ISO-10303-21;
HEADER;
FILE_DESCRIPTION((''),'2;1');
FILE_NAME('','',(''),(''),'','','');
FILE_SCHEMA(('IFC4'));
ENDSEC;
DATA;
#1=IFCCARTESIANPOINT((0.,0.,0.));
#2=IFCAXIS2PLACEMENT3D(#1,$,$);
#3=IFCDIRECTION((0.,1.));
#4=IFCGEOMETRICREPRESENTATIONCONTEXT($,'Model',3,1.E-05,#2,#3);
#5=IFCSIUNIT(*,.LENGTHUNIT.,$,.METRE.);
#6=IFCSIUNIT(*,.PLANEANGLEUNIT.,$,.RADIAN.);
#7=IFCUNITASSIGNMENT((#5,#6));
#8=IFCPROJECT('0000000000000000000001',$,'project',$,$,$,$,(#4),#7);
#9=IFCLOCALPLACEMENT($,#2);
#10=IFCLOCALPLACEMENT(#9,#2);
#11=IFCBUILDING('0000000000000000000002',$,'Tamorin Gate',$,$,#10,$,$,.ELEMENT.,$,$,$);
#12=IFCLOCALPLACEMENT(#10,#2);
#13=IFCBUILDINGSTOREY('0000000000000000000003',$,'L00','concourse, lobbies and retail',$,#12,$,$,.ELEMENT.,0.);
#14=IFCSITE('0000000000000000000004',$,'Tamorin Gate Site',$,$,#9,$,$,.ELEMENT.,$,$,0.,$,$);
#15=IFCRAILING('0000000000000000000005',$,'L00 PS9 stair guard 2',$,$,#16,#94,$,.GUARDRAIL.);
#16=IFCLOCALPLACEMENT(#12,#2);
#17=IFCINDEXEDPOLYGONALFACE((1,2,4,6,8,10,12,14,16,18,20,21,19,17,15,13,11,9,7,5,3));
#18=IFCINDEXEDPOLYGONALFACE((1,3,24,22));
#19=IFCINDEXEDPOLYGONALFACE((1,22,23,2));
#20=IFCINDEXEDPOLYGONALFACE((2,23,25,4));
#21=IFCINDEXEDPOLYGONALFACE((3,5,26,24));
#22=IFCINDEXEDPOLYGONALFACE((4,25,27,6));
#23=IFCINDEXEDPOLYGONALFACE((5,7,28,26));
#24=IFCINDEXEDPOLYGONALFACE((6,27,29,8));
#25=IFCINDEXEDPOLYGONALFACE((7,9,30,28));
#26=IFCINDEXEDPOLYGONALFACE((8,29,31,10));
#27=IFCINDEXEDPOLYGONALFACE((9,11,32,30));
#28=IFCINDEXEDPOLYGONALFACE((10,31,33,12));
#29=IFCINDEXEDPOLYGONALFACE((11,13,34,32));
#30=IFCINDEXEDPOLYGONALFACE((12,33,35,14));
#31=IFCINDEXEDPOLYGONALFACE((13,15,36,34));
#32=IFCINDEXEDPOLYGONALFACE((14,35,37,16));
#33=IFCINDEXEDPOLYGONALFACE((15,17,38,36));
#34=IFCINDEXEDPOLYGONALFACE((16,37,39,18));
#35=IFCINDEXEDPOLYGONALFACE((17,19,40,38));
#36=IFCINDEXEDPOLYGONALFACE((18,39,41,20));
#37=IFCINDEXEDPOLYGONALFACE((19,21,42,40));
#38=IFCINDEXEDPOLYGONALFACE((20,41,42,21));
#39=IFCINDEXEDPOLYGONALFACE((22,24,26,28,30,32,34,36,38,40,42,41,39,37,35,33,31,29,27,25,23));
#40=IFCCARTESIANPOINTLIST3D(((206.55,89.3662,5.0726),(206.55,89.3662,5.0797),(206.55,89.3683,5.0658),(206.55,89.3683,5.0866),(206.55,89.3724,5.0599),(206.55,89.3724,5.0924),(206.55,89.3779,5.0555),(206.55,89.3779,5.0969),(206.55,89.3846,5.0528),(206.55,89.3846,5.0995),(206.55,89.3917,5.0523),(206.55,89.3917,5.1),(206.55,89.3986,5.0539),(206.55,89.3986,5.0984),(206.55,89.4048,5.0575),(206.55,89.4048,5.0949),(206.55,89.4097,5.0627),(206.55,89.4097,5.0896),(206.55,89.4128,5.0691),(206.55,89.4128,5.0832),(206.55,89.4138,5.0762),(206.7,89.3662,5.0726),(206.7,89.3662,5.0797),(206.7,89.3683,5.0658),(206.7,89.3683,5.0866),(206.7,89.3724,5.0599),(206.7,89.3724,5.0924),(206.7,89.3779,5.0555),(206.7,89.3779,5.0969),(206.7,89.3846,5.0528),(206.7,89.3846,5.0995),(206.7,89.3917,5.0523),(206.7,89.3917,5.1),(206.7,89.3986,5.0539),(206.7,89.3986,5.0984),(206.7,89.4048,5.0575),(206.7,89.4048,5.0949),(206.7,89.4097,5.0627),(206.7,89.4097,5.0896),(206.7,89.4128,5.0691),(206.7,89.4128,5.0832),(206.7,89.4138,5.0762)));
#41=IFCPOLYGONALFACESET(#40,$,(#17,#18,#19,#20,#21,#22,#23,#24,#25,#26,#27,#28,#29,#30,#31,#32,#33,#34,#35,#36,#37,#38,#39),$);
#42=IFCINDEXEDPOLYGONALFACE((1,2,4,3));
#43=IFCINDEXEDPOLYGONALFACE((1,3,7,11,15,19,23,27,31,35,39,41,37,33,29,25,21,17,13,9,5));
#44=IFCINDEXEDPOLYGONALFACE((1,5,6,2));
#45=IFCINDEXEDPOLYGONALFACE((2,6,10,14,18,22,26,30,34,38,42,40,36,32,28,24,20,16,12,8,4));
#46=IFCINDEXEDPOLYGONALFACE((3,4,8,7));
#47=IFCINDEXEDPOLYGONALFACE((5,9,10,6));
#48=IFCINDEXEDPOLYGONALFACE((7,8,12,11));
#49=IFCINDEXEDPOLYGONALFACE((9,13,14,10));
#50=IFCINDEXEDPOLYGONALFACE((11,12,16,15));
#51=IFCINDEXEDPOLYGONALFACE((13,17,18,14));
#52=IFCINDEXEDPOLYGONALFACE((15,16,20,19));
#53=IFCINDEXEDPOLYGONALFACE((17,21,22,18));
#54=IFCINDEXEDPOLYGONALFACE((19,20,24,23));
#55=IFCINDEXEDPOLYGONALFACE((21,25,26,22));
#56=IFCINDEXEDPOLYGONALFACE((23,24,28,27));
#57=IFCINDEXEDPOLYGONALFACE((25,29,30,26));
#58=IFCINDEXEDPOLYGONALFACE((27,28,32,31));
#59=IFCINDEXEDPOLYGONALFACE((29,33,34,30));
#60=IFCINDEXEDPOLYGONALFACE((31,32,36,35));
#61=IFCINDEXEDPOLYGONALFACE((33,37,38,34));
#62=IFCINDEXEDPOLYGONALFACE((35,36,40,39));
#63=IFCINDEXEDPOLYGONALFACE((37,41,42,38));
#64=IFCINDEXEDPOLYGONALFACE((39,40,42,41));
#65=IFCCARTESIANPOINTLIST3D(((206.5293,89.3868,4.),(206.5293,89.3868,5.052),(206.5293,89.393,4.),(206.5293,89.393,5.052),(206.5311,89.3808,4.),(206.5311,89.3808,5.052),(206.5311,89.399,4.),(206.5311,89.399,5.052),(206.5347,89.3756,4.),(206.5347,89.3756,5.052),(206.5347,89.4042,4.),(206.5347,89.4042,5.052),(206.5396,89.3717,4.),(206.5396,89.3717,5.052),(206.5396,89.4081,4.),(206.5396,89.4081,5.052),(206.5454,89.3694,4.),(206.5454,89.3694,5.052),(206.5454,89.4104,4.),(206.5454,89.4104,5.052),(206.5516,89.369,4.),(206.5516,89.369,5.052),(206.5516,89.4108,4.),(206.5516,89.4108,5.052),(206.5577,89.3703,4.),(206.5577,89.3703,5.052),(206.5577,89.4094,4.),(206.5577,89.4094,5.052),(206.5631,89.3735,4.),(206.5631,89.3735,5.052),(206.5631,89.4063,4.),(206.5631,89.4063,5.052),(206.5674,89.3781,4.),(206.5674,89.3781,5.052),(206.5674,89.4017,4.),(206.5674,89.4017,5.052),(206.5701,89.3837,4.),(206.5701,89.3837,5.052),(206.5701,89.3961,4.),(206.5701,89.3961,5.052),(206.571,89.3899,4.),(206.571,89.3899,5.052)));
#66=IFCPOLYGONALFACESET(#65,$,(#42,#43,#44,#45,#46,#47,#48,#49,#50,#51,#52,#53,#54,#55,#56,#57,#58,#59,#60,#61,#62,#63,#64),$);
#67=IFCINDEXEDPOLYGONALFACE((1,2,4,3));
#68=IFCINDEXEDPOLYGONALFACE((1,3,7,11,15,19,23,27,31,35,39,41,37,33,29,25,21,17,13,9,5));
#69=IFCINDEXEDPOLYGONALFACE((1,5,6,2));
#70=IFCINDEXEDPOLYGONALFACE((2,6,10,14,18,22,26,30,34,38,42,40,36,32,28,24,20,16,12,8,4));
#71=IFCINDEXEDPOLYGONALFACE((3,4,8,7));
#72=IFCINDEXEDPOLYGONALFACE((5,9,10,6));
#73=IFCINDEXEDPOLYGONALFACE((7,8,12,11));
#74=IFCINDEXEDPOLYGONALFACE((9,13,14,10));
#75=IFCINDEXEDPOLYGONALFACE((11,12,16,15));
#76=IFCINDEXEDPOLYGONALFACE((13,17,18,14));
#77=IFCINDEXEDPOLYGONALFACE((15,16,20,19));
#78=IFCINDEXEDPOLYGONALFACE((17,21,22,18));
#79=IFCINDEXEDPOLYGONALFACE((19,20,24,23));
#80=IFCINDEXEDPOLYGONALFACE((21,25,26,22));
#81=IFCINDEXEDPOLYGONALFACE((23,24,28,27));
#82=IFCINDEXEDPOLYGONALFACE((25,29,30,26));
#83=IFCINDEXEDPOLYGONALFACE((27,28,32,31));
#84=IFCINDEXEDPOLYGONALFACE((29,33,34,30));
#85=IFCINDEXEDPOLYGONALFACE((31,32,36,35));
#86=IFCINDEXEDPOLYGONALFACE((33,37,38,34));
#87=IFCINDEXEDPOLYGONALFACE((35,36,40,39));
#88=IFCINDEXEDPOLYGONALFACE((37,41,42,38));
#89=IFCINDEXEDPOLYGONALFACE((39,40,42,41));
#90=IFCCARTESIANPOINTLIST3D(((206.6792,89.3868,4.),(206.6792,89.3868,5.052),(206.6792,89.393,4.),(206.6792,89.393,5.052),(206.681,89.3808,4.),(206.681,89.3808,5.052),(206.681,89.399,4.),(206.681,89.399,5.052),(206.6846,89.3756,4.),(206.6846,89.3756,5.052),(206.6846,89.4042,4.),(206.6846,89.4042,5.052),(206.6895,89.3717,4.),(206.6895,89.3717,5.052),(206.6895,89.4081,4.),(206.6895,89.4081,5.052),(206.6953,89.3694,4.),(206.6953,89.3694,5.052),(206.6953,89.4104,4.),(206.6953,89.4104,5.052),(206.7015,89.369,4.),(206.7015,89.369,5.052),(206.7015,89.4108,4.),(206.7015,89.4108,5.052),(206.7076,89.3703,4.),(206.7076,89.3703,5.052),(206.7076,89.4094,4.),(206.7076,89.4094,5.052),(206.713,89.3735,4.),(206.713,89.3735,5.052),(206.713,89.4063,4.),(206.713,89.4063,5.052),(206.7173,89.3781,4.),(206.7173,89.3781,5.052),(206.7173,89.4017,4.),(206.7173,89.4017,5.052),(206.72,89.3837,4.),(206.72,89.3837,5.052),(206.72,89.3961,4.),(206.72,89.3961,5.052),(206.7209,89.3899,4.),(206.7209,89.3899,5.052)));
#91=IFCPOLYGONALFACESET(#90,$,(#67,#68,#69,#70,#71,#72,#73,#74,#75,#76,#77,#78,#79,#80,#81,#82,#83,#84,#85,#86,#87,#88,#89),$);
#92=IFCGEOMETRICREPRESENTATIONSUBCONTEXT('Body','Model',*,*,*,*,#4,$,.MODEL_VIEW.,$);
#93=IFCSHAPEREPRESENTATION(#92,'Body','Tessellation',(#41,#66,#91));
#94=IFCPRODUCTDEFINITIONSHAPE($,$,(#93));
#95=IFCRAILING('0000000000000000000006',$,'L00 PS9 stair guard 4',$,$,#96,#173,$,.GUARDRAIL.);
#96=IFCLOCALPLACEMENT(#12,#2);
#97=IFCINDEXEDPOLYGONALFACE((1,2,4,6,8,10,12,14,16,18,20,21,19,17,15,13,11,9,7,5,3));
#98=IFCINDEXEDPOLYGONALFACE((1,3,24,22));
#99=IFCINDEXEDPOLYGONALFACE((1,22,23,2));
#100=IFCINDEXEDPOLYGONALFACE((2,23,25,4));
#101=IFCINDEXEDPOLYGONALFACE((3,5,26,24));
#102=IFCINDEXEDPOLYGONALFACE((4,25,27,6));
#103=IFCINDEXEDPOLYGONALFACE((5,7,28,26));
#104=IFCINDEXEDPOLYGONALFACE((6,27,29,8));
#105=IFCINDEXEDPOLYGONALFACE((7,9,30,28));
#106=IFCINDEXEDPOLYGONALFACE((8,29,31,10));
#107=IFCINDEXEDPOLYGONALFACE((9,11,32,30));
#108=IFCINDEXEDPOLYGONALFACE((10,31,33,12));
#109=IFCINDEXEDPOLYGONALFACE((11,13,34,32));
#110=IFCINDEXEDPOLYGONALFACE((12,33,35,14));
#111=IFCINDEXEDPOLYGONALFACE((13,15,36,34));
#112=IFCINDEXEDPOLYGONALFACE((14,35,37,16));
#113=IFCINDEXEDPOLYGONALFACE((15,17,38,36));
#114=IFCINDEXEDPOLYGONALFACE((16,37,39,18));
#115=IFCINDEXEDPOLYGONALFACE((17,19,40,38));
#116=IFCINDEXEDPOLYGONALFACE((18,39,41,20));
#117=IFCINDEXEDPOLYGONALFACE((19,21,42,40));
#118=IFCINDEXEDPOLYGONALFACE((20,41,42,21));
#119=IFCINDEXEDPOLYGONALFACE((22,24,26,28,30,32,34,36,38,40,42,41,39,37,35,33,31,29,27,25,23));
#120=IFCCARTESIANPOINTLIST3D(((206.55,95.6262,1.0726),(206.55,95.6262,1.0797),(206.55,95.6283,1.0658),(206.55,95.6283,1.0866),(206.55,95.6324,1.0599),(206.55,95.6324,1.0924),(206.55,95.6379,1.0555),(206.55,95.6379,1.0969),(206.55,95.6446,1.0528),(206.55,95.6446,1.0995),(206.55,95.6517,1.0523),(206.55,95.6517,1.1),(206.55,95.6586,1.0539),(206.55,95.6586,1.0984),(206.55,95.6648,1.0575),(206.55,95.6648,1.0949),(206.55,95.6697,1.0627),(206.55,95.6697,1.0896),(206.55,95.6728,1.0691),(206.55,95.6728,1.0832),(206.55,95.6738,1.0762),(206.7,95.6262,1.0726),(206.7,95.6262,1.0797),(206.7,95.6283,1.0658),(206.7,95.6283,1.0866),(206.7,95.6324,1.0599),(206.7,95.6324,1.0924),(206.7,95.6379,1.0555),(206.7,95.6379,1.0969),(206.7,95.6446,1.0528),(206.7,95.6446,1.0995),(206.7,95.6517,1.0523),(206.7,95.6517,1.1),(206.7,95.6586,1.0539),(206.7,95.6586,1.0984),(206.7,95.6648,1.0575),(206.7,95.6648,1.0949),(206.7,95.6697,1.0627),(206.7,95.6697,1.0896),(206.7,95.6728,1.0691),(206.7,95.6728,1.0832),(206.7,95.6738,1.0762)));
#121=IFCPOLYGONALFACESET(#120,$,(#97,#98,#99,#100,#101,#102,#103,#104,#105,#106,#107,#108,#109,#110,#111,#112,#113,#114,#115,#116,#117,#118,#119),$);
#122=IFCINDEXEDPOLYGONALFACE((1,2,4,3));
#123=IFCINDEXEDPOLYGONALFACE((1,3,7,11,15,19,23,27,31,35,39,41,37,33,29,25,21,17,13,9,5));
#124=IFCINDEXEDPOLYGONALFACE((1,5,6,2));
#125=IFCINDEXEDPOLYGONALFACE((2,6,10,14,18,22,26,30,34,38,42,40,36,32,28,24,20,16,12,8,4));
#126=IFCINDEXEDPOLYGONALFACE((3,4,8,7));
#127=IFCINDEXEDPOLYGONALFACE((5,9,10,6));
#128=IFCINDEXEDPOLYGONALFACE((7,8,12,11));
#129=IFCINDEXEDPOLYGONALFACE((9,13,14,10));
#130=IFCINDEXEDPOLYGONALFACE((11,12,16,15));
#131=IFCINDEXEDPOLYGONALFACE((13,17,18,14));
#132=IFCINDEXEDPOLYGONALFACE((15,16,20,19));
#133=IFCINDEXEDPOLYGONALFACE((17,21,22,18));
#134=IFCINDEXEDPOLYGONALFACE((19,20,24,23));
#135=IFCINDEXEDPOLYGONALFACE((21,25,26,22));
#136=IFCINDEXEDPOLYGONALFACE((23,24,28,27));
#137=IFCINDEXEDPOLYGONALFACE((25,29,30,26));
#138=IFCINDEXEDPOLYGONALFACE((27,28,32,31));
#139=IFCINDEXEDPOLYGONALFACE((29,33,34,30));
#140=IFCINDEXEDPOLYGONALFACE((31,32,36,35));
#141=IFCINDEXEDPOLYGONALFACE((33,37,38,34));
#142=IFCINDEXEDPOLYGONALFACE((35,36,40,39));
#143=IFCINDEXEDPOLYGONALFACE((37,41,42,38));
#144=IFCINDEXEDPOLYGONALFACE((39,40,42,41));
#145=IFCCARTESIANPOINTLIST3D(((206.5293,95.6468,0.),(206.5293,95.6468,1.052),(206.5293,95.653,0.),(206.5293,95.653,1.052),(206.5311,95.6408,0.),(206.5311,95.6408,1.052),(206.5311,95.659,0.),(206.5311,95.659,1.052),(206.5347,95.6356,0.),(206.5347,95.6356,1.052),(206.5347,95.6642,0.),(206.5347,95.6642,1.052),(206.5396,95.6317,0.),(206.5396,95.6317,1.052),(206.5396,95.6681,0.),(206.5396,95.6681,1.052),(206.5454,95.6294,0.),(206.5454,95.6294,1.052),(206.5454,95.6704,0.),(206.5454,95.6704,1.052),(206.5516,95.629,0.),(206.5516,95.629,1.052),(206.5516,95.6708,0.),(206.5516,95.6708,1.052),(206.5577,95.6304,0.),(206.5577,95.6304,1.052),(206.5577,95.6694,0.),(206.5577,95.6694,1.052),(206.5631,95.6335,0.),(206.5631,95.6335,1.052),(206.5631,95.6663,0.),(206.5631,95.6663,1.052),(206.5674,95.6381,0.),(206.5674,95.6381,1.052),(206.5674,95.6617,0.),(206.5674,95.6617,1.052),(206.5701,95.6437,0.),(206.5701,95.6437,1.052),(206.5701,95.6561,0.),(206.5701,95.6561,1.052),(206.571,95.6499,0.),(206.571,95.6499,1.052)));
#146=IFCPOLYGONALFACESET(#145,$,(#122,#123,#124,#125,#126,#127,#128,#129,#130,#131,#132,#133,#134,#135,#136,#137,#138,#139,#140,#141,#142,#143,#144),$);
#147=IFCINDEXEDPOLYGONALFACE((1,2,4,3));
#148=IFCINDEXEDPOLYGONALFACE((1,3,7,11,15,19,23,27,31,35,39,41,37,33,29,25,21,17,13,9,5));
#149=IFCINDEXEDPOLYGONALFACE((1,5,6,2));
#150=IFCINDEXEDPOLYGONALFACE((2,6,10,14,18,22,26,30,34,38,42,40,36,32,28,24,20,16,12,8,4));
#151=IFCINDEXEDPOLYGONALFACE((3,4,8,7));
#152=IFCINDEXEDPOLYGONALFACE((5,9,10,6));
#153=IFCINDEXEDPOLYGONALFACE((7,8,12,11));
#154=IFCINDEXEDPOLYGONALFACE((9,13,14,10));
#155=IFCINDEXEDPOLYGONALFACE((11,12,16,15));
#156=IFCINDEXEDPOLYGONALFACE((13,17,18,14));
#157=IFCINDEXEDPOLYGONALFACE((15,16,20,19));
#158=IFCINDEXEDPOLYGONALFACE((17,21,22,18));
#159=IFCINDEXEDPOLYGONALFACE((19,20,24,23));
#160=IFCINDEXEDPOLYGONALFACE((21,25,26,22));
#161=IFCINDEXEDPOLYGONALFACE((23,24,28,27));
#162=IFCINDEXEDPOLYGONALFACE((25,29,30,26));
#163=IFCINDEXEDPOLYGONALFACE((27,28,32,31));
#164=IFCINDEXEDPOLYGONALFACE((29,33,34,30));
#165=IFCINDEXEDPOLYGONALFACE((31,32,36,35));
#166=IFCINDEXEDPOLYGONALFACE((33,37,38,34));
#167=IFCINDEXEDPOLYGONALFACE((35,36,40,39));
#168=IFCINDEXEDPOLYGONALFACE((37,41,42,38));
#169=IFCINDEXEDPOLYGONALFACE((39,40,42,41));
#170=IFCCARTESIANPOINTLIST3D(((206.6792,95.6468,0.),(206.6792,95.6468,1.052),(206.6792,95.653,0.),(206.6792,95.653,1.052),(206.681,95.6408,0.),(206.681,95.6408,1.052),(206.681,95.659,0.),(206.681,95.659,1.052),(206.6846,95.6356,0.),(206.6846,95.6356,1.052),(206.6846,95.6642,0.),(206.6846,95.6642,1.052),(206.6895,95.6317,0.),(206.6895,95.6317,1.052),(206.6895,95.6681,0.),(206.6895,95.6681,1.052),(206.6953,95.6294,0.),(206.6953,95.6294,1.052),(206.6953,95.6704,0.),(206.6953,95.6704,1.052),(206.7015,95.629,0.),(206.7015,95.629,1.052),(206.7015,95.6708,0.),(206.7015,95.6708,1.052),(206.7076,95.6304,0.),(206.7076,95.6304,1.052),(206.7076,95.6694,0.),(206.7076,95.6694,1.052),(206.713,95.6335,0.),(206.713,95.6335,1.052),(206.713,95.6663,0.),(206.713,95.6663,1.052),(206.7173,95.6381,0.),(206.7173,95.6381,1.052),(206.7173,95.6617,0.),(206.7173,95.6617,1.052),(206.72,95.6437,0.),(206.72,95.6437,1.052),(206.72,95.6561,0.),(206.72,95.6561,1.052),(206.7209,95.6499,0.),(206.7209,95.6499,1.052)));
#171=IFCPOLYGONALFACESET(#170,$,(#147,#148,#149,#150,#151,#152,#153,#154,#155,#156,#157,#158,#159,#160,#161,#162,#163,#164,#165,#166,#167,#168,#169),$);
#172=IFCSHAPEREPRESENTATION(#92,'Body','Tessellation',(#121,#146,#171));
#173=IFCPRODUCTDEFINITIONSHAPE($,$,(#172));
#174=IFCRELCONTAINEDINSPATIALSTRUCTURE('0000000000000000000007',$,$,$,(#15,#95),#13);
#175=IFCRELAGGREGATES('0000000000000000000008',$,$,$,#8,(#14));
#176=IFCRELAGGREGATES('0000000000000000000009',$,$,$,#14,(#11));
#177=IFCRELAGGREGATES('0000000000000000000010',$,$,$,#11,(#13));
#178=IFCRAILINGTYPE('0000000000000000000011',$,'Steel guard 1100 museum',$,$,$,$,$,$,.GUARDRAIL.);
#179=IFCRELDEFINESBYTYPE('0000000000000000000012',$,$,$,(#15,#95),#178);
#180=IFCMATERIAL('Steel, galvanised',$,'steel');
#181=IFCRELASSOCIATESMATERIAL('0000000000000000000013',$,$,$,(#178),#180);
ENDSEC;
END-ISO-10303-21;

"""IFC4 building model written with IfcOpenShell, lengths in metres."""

from ifc_helpers import new_model, si_unit, direction, frame, origin, origin_2d, place, context, subcontext, project, spatial, circle, extrude, material, type_object, element, save


model = new_model("IFC4")

# Units and contexts
model_context = context("Model", 3, precision=1e-05, world=origin(), true_north=direction((0.0, 1.0)))
body_context = subcontext(model_context, "Body", "Model", "MODEL_VIEW")
ifc_project = project(units=[si_unit("LENGTHUNIT", "METRE"), si_unit("PLANEANGLEUNIT", "RADIAN")], contexts=[model_context])

# Site, building, storey
site_placement = place(None, origin())
site = spatial("IfcSite", under=ifc_project, at=site_placement, Name="Tamorin Gate Site", CompositionType="ELEMENT", RefElevation=0.0)
building_placement = place(site_placement, origin())
building = spatial("IfcBuilding", under=site, at=building_placement, Name="Tamorin Gate", CompositionType="ELEMENT")
storey_placement = place(building_placement, origin())
storey = spatial("IfcBuildingStorey", under=building, at=storey_placement, Name="L00", Description="concourse, lobbies and retail", CompositionType="ELEMENT", Elevation=0.0)

# Railings
ifc_material_1 = material(Name="Steel, galvanised", Category="steel")
railing_type_1 = type_object("IfcRailingType", Name="Steel guard 1100 museum", PredefinedType="GUARDRAIL", material=ifc_material_1)
railing_1_placement = place(storey_placement, frame((206.55, 89.3899, 4.0)))
element("IfcRailing", 1, at=railing_1_placement, inside=storey, type_object=railing_type_1, Name="L00 PS9 stair guard 2", PredefinedType="GUARDRAIL", context=body_context, shape_type="SweptSolid", body=[
    extrude(circle(Radius=0.0239, at=origin_2d()), frame((0.0, 0.0, 1.0762), z_axis=(1.0, 0.0, 0.0), x_axis=(0.0, 1.0, 0.0)), (0.0, 0.0, 1.0), 0.1499),
    extrude(circle(Radius=0.021, at=origin_2d()), origin(), (0.0, 0.0, 1.0), 1.052),
    extrude(circle(Radius=0.021, at=origin_2d()), frame((0.1499, 0.0, 0.0)), (0.0, 0.0, 1.0), 1.052),
])
railing_2_placement = place(storey_placement, frame((206.55, 95.6499, 0.0)))
element("IfcRailing", 2, at=railing_2_placement, inside=storey, type_object=railing_type_1, Name="L00 PS9 stair guard 4", PredefinedType="GUARDRAIL", context=body_context, shape_type="SweptSolid", body=[
    extrude(circle(Radius=0.0239, at=origin_2d()), frame((0.0, 0.0, 1.0762), z_axis=(1.0, 0.0, 0.0), x_axis=(0.0, 1.0, 0.0)), (0.0, 0.0, 1.0), 0.1499),
    extrude(circle(Radius=0.021, at=origin_2d()), origin(), (0.0, 0.0, 1.0), 1.052),
    extrude(circle(Radius=0.021, at=origin_2d()), frame((0.1499, 0.0, 0.0)), (0.0, 0.0, 1.0), 1.052),
])

save(model, "model.ifc")
